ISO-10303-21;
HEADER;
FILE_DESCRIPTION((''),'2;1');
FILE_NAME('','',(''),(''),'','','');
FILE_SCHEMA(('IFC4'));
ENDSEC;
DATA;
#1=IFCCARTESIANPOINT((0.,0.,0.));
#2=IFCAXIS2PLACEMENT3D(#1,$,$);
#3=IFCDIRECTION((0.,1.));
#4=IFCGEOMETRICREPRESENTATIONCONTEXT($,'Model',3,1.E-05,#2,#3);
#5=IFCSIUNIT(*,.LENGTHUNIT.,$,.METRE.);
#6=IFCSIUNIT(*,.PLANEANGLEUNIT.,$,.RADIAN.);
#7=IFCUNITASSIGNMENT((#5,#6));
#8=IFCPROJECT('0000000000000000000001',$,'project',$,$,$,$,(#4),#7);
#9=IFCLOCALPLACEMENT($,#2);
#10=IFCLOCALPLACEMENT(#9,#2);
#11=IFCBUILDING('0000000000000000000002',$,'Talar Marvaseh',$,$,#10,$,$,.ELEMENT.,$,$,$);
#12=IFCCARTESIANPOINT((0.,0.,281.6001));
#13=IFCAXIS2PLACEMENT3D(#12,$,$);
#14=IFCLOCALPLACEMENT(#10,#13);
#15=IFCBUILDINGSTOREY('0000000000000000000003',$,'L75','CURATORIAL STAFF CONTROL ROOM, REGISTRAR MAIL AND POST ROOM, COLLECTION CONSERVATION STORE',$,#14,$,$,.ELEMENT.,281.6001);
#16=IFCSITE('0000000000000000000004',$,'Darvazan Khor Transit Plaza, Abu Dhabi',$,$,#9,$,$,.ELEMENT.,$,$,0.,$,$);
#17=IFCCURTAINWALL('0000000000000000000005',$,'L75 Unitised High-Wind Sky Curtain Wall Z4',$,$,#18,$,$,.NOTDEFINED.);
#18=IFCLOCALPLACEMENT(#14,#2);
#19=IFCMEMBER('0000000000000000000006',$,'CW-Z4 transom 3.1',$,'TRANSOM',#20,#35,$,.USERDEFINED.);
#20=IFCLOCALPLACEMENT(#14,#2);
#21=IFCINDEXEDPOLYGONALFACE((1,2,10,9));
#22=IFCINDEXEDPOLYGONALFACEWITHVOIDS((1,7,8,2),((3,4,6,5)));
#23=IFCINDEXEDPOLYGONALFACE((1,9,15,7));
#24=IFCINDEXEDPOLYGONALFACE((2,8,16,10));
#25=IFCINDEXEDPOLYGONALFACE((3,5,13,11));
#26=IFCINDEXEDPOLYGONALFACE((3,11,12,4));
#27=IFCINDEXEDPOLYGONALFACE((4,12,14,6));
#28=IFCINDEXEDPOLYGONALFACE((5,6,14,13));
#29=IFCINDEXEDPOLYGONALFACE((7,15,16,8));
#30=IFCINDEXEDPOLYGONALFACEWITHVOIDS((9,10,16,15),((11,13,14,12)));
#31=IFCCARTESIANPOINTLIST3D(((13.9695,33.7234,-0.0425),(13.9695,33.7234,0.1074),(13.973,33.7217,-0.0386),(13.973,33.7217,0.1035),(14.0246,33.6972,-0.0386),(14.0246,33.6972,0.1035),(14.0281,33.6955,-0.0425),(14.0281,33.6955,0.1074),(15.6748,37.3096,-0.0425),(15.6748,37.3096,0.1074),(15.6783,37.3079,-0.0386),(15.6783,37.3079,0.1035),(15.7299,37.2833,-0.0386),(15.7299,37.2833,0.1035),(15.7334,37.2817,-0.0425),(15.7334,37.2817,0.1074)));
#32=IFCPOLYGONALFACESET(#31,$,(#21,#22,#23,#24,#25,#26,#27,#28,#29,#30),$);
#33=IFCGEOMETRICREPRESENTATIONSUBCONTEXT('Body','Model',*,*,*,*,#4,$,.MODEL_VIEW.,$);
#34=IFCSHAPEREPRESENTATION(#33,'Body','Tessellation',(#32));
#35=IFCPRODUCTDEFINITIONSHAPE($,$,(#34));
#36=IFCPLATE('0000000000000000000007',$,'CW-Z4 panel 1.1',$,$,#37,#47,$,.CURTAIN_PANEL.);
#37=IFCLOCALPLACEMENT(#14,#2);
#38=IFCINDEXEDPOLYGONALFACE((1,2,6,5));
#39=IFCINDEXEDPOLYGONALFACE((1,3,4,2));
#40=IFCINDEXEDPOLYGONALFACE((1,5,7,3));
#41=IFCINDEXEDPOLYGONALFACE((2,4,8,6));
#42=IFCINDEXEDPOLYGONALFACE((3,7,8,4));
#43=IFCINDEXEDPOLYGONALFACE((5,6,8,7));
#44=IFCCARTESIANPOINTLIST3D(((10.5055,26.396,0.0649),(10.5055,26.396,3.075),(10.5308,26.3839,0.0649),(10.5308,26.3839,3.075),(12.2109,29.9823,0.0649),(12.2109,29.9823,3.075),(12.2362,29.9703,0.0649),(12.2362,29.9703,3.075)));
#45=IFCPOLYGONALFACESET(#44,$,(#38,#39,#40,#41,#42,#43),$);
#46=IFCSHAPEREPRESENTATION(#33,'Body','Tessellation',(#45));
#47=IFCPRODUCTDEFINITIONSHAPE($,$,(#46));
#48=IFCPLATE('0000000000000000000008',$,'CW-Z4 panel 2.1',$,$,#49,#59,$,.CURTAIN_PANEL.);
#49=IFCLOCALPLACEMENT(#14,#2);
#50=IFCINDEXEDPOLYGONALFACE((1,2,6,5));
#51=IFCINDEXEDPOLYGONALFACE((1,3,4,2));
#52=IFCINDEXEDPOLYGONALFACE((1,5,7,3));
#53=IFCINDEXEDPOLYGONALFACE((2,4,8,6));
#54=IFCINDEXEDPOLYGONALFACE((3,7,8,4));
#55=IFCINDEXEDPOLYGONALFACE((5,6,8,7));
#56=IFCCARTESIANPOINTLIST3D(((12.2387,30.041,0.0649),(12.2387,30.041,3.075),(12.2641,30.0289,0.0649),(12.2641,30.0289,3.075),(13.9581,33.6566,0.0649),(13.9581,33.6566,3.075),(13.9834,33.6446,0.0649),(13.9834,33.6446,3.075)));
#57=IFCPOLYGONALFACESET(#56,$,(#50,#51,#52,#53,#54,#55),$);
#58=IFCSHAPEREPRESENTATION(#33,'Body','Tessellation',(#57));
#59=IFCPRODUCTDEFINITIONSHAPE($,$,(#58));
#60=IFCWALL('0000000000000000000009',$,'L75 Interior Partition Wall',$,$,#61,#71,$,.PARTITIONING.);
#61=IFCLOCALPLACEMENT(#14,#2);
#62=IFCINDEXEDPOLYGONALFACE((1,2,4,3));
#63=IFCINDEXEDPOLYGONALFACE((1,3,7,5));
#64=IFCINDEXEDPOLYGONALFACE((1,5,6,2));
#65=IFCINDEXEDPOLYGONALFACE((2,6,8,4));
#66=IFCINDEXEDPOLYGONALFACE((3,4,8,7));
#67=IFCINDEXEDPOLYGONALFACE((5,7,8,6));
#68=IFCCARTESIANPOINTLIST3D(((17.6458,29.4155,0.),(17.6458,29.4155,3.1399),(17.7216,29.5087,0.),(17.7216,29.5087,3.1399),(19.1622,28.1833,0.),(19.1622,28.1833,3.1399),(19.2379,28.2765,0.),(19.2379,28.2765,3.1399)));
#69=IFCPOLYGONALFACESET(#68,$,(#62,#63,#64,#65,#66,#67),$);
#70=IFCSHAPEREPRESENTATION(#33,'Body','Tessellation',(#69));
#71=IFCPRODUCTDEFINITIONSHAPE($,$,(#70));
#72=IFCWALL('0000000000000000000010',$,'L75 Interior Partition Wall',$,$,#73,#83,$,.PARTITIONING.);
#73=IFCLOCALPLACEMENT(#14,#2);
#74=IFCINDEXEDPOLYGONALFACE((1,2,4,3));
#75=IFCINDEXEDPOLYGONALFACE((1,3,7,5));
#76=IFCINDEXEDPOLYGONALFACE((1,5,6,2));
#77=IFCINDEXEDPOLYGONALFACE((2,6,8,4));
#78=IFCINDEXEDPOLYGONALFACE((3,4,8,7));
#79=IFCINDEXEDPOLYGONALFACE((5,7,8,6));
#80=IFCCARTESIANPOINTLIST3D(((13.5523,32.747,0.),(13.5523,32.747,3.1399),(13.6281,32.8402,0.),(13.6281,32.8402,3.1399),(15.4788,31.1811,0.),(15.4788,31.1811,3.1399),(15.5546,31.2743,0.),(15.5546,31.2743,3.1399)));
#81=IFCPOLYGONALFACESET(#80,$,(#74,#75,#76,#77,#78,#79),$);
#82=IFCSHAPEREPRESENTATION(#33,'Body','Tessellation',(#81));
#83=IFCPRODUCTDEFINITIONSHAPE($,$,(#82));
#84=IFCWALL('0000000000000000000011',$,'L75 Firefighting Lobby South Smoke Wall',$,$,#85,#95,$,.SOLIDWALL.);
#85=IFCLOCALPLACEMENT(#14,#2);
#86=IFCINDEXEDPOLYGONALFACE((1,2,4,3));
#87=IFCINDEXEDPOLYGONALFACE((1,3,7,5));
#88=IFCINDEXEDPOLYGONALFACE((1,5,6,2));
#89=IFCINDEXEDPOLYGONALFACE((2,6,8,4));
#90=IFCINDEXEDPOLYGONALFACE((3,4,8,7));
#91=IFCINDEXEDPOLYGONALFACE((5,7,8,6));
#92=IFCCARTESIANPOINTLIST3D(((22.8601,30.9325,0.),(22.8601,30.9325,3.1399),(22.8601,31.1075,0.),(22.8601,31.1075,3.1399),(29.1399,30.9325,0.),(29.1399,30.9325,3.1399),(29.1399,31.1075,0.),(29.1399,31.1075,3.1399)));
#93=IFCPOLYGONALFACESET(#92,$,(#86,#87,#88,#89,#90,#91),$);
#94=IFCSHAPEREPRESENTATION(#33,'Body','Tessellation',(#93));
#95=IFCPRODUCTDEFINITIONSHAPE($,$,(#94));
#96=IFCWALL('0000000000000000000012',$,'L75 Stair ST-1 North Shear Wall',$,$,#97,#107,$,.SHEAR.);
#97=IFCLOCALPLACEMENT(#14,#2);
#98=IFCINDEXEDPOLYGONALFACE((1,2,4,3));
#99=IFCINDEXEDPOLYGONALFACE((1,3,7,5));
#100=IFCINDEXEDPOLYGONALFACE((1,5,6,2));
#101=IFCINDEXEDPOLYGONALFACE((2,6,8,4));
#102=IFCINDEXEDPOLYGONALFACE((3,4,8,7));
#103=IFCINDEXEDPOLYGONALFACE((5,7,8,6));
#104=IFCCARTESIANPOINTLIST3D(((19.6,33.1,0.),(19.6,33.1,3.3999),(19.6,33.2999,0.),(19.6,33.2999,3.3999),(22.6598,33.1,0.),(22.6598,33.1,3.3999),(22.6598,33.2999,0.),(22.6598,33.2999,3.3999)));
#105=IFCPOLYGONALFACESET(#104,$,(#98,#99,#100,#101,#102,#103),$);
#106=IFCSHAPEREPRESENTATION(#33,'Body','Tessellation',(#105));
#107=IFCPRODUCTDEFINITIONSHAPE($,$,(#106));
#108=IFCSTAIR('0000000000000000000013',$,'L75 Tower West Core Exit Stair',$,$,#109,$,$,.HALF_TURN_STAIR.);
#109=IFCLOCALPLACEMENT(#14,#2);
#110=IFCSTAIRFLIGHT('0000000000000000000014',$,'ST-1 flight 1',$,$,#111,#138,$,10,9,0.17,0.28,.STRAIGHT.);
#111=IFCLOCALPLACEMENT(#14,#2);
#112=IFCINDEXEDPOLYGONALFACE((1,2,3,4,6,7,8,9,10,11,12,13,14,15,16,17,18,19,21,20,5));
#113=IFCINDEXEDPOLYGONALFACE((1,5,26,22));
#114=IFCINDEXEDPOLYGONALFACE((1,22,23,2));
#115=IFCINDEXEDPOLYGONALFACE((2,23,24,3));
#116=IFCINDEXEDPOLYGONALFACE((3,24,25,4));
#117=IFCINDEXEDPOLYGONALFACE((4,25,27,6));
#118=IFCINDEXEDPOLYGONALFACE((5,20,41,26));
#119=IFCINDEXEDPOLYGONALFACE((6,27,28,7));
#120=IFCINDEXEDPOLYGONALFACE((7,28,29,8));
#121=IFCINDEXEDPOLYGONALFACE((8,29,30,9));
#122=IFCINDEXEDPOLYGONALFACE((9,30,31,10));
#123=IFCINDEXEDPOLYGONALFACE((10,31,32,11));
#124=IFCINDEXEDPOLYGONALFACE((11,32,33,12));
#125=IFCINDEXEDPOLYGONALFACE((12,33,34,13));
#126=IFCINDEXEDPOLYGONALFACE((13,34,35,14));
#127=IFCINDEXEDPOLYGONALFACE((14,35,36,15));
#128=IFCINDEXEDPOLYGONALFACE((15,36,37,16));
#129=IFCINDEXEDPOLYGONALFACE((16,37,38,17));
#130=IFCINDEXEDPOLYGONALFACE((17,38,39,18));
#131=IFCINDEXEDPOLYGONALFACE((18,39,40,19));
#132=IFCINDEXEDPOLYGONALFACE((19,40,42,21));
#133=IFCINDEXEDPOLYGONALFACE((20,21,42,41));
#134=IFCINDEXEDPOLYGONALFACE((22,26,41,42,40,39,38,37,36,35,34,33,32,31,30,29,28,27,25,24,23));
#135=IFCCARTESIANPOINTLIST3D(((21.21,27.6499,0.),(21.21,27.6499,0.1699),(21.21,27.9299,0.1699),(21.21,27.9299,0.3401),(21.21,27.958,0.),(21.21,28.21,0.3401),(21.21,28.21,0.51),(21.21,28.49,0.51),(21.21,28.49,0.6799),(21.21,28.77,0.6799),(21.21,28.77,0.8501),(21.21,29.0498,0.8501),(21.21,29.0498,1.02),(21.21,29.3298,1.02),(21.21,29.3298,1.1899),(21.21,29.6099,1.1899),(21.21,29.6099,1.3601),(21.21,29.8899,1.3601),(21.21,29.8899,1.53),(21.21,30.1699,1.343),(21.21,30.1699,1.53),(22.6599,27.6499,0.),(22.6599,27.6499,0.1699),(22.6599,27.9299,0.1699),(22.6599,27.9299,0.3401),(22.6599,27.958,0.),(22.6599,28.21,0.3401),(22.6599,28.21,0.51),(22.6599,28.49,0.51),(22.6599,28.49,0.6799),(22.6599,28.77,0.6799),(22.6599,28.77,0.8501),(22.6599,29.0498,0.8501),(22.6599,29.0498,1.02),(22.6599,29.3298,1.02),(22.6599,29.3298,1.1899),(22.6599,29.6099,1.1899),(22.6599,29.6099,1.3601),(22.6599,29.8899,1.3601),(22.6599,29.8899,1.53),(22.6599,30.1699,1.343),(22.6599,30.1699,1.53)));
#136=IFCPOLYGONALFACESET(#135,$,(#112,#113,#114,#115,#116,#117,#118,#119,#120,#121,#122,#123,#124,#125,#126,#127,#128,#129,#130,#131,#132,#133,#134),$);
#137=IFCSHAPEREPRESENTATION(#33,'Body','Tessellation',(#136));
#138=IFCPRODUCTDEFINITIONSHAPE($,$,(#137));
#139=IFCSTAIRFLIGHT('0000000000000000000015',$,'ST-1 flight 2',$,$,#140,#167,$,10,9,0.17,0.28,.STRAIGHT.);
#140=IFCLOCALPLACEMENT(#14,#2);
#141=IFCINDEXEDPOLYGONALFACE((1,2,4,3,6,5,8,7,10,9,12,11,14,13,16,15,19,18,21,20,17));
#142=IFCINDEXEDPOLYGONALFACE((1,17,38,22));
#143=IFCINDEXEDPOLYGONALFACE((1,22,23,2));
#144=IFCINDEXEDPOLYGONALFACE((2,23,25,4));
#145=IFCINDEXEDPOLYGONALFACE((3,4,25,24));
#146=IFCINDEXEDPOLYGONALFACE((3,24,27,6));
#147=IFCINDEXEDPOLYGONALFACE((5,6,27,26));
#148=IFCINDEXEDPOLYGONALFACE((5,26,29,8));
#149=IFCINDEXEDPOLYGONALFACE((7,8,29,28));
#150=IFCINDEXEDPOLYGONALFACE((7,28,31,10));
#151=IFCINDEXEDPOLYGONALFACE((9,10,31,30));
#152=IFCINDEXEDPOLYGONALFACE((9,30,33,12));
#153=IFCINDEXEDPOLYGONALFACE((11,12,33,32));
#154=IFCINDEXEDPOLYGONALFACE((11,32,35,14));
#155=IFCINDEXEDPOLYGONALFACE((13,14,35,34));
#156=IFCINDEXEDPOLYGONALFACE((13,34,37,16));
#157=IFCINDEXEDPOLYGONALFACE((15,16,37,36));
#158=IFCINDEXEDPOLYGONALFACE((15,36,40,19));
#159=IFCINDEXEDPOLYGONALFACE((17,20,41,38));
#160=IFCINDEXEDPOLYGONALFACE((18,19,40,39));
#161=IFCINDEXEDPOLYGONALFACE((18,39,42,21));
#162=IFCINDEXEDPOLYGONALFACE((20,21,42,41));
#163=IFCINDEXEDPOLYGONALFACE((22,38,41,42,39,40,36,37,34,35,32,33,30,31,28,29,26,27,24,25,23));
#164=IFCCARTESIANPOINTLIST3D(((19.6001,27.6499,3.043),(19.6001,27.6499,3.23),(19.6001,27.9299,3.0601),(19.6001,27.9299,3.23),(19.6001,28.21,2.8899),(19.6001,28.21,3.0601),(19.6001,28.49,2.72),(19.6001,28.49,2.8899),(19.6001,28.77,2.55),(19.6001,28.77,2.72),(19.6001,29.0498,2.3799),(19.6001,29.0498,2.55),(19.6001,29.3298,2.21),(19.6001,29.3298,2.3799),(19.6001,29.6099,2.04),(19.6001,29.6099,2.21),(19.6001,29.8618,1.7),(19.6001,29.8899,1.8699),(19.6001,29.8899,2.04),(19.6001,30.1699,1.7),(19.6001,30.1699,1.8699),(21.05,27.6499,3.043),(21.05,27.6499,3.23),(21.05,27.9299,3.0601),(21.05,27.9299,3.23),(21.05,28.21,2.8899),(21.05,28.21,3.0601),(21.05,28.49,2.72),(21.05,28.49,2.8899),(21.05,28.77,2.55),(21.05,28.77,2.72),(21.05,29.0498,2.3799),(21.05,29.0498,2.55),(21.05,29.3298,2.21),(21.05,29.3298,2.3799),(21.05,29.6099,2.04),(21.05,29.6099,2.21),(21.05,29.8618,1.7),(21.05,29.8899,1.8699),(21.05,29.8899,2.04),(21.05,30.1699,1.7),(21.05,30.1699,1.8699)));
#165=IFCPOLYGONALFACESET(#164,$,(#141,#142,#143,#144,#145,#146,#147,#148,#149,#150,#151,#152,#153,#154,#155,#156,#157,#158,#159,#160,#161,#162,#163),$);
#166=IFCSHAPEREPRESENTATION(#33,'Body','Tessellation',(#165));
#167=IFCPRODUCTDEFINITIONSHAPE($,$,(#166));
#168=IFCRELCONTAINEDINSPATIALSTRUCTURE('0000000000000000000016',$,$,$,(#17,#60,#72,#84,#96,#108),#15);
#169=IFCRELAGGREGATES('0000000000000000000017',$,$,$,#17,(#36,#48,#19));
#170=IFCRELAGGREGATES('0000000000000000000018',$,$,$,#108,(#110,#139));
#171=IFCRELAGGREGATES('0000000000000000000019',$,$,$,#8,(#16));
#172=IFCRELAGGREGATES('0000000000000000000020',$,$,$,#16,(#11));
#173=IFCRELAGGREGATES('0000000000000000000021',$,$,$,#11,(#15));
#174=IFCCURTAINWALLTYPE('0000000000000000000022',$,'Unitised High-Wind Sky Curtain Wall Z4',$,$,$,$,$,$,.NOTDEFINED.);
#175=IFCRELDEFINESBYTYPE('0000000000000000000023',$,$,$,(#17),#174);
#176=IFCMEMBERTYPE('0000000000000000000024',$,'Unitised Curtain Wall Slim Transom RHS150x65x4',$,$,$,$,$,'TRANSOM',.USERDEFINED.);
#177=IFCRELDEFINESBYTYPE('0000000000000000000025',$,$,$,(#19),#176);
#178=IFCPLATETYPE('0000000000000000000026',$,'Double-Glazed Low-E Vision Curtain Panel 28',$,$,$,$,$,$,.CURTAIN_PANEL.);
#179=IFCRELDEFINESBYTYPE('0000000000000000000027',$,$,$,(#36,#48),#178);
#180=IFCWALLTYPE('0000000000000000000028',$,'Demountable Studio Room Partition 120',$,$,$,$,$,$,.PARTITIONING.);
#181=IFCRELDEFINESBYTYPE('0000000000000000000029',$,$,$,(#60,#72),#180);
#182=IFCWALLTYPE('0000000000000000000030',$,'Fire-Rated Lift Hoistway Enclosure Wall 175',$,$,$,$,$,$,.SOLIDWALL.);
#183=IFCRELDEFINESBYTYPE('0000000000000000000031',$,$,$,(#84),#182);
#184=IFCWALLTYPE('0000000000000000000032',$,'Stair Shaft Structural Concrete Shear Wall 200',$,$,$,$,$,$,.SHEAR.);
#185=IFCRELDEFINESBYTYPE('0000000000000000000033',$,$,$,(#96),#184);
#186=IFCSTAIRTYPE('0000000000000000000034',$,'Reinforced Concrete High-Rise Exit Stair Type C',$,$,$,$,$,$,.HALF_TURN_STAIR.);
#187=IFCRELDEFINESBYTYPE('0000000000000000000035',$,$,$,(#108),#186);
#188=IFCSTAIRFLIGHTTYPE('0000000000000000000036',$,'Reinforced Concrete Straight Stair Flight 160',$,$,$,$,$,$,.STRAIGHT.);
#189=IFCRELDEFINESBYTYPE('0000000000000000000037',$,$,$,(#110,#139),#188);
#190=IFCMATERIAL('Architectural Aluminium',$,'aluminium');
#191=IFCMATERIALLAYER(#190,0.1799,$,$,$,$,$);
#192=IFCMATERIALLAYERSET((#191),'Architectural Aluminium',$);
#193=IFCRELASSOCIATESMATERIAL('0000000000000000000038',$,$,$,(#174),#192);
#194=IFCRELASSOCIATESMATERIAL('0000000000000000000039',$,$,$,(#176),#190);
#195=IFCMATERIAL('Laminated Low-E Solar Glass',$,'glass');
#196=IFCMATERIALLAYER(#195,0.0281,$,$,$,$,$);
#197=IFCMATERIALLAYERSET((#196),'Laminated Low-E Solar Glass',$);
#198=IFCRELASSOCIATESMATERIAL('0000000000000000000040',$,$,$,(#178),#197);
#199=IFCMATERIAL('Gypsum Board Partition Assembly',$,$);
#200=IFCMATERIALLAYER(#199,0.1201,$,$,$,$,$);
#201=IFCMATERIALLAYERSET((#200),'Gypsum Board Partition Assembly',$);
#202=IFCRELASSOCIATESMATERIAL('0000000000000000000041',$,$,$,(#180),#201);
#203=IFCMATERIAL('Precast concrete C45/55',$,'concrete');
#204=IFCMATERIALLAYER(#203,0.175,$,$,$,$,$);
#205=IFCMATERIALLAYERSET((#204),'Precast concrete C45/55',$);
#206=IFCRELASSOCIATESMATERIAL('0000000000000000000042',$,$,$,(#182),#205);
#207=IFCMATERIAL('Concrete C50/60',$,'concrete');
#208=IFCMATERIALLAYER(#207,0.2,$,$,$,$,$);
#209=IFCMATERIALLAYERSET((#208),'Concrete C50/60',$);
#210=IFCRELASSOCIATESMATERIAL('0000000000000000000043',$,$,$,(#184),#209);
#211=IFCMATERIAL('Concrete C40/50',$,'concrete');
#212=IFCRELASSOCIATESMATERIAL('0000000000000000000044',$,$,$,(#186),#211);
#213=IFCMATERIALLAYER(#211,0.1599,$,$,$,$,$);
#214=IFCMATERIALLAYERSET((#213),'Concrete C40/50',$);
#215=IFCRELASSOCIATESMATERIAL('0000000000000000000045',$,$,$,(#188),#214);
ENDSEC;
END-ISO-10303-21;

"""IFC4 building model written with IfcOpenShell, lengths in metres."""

from ifc_helpers import new_model, si_unit, direction, frame, frame_2d, origin, origin_2d, place, context, subcontext, project, spatial, polyline, rectangle, hollow_rectangle, outline, extrude, source, transform, mapped, material, layer, layer_set, material_profile, profile_set, type_object, type_shapes, element, aggregate, save


model = new_model("IFC4")

# Units and contexts
model_context = context("Model", 3, precision=1e-05, world=origin(), true_north=direction((0.0, 1.0)))
body_context = subcontext(model_context, "Body", "Model", "MODEL_VIEW")
ifc_project = project(units=[si_unit("LENGTHUNIT", "METRE"), si_unit("PLANEANGLEUNIT", "RADIAN")], contexts=[model_context])

# Site, building, storey
site_placement = place(None, origin())
site = spatial("IfcSite", under=ifc_project, at=site_placement, Name="Darvazan Khor Transit Plaza, Abu Dhabi", CompositionType="ELEMENT", RefElevation=0.0)
building_placement = place(site_placement, origin())
building = spatial("IfcBuilding", under=site, at=building_placement, Name="Talar Marvaseh", CompositionType="ELEMENT")
storey_placement = place(building_placement, frame((0.0, 0.0, 281.6001)))
storey = spatial("IfcBuildingStorey", under=building, at=storey_placement, Name="L75", Description="CURATORIAL STAFF CONTROL ROOM, REGISTRAR MAIL AND POST ROOM, COLLECTION CONSERVATION STORE", CompositionType="ELEMENT", Elevation=281.6001)

# Shared definitions
ifc_material_1 = material(Name="Concrete C50/60", Category="concrete")

# Shared definitions
ifc_material_2 = material(Name="Concrete C40/50", Category="concrete")

# Curtain wall, member, plates
ifc_material_3 = material(Name="Architectural Aluminium", Category="aluminium")
ifc_layer_1 = layer(ifc_material_3, 0.1799)
ifc_layer_set_1 = layer_set([ifc_layer_1], Name="Architectural Aluminium")
curtain_wall_type = type_object("IfcCurtainWallType", Name="Unitised High-Wind Sky Curtain Wall Z4", PredefinedType="NOTDEFINED", material=ifc_layer_set_1)
curtain_wall_placement = place(storey_placement, origin())
curtain_wall = element("IfcCurtainWall", 1, at=curtain_wall_placement, inside=storey, type_object=curtain_wall_type, Name="L75 Unitised High-Wind Sky Curtain Wall Z4", PredefinedType="NOTDEFINED")
ifc_material_profile_1 = material_profile(ifc_material_3, hollow_rectangle(XDim=0.0649, YDim=0.1499, WallThickness=0.0039, at=origin_2d()), Name="RHS150x65x4")
ifc_profile_set_1 = profile_set([ifc_material_profile_1], Name="Architectural Aluminium")
member_type_1 = type_object("IfcMemberType", Name="Unitised Curtain Wall Slim Transom RHS150x65x4", ElementType="TRANSOM", PredefinedType="USERDEFINED", material=ifc_profile_set_1)
shared_shape_1 = source(origin(), body_context, "Body", "SweptSolid", [
    extrude(hollow_rectangle(XDim=0.0649, YDim=0.1499, WallThickness=0.0039, at=origin_2d()), origin(), (0.0, 0.0, 1.0), 3.9709),
])
member_1_placement = place(storey_placement, frame((13.9988, 33.7095, 0.0325), z_axis=(0.429444, 0.903093, 0.0), x_axis=(-0.903093, 0.429444, 0.0)))
member_1 = element("IfcMember", 2, at=member_1_placement, type_object=member_type_1, Name="CW-Z4 transom 3.1", ObjectType="TRANSOM", PredefinedType="USERDEFINED", context=body_context, shape_type="MappedRepresentation", body=[
    mapped(shared_shape_1, transform((0.0, 0.0, 0.0), x_axis=(1.0, 0.0, 0.0), y_axis=(0.0, 1.0, 0.0), z_axis=(0.0, 0.0, 1.0), scale=1.0)),
])
ifc_material_4 = material(Name="Laminated Low-E Solar Glass", Category="glass")
ifc_layer_2 = layer(ifc_material_4, 0.0281)
ifc_layer_set_2 = layer_set([ifc_layer_2], Name="Laminated Low-E Solar Glass")
plate_type = type_object("IfcPlateType", Name="Double-Glazed Low-E Vision Curtain Panel 28", PredefinedType="CURTAIN_PANEL", material=ifc_layer_set_2)
shared_shape_2 = source(origin(), body_context, "Body", "SweptSolid", [
    extrude(rectangle(XDim=3.9712, YDim=0.0281, at=origin_2d()), origin(), (0.0, 0.0, 1.0), 3.01),
])
plate_1_placement = place(storey_placement, frame((11.3708, 28.1831, 0.0649), z_axis=(0.0, 0.0, 1.0), x_axis=(0.42944, 0.903096, 0.0)))
plate_1 = element("IfcPlate", 3, at=plate_1_placement, type_object=plate_type, Name="CW-Z4 panel 1.1", PredefinedType="CURTAIN_PANEL", context=body_context, shape_type="MappedRepresentation", body=[
    mapped(shared_shape_2, transform((0.0, 0.0, 0.0), x_axis=(1.0, 0.0, 0.0), y_axis=(0.0, 1.0, 0.0), z_axis=(0.0, 0.0, 1.0), scale=1.0)),
])
shared_shape_3 = source(origin(), body_context, "Body", "SweptSolid", [
    extrude(rectangle(XDim=4.0037, YDim=0.0281, at=origin_2d()), origin(), (0.0, 0.0, 1.0), 3.01),
])
type_shapes(plate_type, [shared_shape_2, shared_shape_3])
plate_2_placement = place(storey_placement, frame((13.1111, 31.8428, 0.0649), z_axis=(0.0, 0.0, 1.0), x_axis=(0.42944, 0.903096, 0.0)))
plate_2 = element("IfcPlate", 4, at=plate_2_placement, type_object=plate_type, Name="CW-Z4 panel 2.1", PredefinedType="CURTAIN_PANEL", context=body_context, shape_type="MappedRepresentation", body=[
    mapped(shared_shape_3, transform((0.0, 0.0, 0.0), x_axis=(1.0, 0.0, 0.0), y_axis=(0.0, 1.0, 0.0), z_axis=(0.0, 0.0, 1.0), scale=1.0)),
])
aggregate(curtain_wall, [plate_1, plate_2, member_1])

# Walls
ifc_material_5 = material(Name="Gypsum Board Partition Assembly")
ifc_layer_3 = layer(ifc_material_5, 0.1201)
ifc_layer_set_3 = layer_set([ifc_layer_3], Name="Gypsum Board Partition Assembly")
wall_type_1 = type_object("IfcWallType", Name="Demountable Studio Room Partition 120", PredefinedType="PARTITIONING", material=ifc_layer_set_3)
wall_1_placement = place(storey_placement, frame((17.6836, 29.4622, 0.0), z_axis=(0.0, 0.0, 1.0), x_axis=(0.77608, -0.630635, 0.0)))
element("IfcWall", 5, at=wall_1_placement, inside=storey, type_object=wall_type_1, Name="L75 Interior Partition Wall", PredefinedType="PARTITIONING", context=body_context, shape_type="SweptSolid", body=[
    extrude(rectangle(XDim=1.9539, YDim=0.1201, at=frame_2d((0.9771, 0.0))), origin(), (0.0, 0.0, 1.0), 3.1399),
])
wall_2_placement = place(storey_placement, frame((15.5166, 31.2278, 0.0), z_axis=(0.0, 0.0, 1.0), x_axis=(-0.775991, 0.630744, 0.0)))
element("IfcWall", 6, at=wall_2_placement, inside=storey, type_object=wall_type_1, Name="L75 Interior Partition Wall", PredefinedType="PARTITIONING", context=body_context, shape_type="SweptSolid", body=[
    extrude(rectangle(XDim=2.4827, YDim=0.1201, at=frame_2d((1.2412, 0.0))), origin(), (0.0, 0.0, 1.0), 3.1399),
])
ifc_material_6 = material(Name="Precast concrete C45/55", Category="concrete")
ifc_layer_4 = layer(ifc_material_6, 0.175)
ifc_layer_set_4 = layer_set([ifc_layer_4], Name="Precast concrete C45/55")
wall_type_2 = type_object("IfcWallType", Name="Fire-Rated Lift Hoistway Enclosure Wall 175", PredefinedType="SOLIDWALL", material=ifc_layer_set_4)
wall_3_placement = place(storey_placement, frame((22.8601, 31.02, 0.0), z_axis=(0.0, 0.0, 1.0), x_axis=(1.0, 0.0, 0.0)))
element("IfcWall", 7, at=wall_3_placement, inside=storey, type_object=wall_type_2, Name="L75 Firefighting Lobby South Smoke Wall", PredefinedType="SOLIDWALL", context=body_context, shape_type="SweptSolid", body=[
    extrude(rectangle(XDim=6.2798, YDim=0.175, at=frame_2d((3.1399, 0.0))), origin(), (0.0, 0.0, 1.0), 3.1399),
])
ifc_layer_5 = layer(ifc_material_1, 0.2)
ifc_layer_set_5 = layer_set([ifc_layer_5], Name="Concrete C50/60")
wall_type_3 = type_object("IfcWallType", Name="Stair Shaft Structural Concrete Shear Wall 200", PredefinedType="SHEAR", material=ifc_layer_set_5)
wall_4_placement = place(storey_placement, frame((19.6001, 33.2, 0.0), z_axis=(0.0, 0.0, 1.0), x_axis=(1.0, 0.0, 0.0)))
element("IfcWall", 8, at=wall_4_placement, inside=storey, type_object=wall_type_3, Name="L75 Stair ST-1 North Shear Wall", PredefinedType="SHEAR", context=body_context, shape_type="SweptSolid", body=[
    extrude(rectangle(XDim=3.0598, YDim=0.2, at=frame_2d((1.5298, 0.0))), origin(), (0.0, 0.0, 1.0), 3.3999),
])

# Stair, stair flights
stair_type = type_object("IfcStairType", Name="Reinforced Concrete High-Rise Exit Stair Type C", PredefinedType="HALF_TURN_STAIR", material=ifc_material_2)
stair_placement = place(storey_placement, origin())
stair = element("IfcStair", 9, at=stair_placement, inside=storey, type_object=stair_type, Name="L75 Tower West Core Exit Stair", PredefinedType="HALF_TURN_STAIR")
ifc_layer_6 = layer(ifc_material_2, 0.1599)
ifc_layer_set_6 = layer_set([ifc_layer_6], Name="Concrete C40/50")
stair_flight_type = type_object("IfcStairFlightType", Name="Reinforced Concrete Straight Stair Flight 160", PredefinedType="STRAIGHT", material=ifc_layer_set_6)
stair_flight_1_placement = place(storey_placement, frame((21.9351, 27.6499, 0.0), z_axis=(0.0, 0.0, 1.0), x_axis=(0.0, 1.0, 0.0)))
stair_flight_1 = element("IfcStairFlight", 10, at=stair_flight_1_placement, type_object=stair_flight_type, Name="ST-1 flight 1", NumberOfRisers=10, NumberOfTreads=9, PredefinedType="STRAIGHT", RiserHeight=0.17, TreadLength=0.28, context=body_context, shape_type="SweptSolid", body=[
    extrude(outline(polyline([(0.0, 0.0), (0.0, 0.1699), (0.28, 0.1699), (0.28, 0.3401), (0.5601, 0.3401), (0.5601, 0.51), (0.8401, 0.51), (0.8401, 0.6799), (1.1201, 0.6799), (1.1201, 0.8501), (1.3999, 0.8501), (1.3999, 1.02), (1.6799, 1.02), (1.6799, 1.1899), (1.96, 1.1899), (1.96, 1.3601), (2.24, 1.3601), (2.24, 1.53), (2.52, 1.53), (2.52, 1.7), (2.52, 1.343), (0.3081, 0.0), (0.0, 0.0)])), frame((0.0, 0.7251, 0.0), z_axis=(0.0, -1.0, 0.0), x_axis=(1.0, 0.0, 0.0)), (0.0, 0.0, 1.0), 1.45),
])
stair_flight_2_placement = place(storey_placement, frame((20.325, 30.1699, 1.7), z_axis=(0.0, 0.0, 1.0), x_axis=(0.0, -1.0, 0.0)))
stair_flight_2 = element("IfcStairFlight", 11, at=stair_flight_2_placement, type_object=stair_flight_type, Name="ST-1 flight 2", NumberOfRisers=10, NumberOfTreads=9, PredefinedType="STRAIGHT", RiserHeight=0.17, TreadLength=0.28, context=body_context, shape_type="SweptSolid", body=[
    extrude(outline(polyline([(0.0, 0.0), (0.0, 0.1699), (0.28, 0.1699), (0.28, 0.3401), (0.5601, 0.3401), (0.5601, 0.51), (0.8401, 0.51), (0.8401, 0.6799), (1.1201, 0.6799), (1.1201, 0.8501), (1.3999, 0.8501), (1.3999, 1.02), (1.6799, 1.02), (1.6799, 1.1899), (1.96, 1.1899), (1.96, 1.3601), (2.24, 1.3601), (2.24, 1.53), (2.52, 1.53), (2.52, 1.7), (2.52, 1.343), (0.3081, 0.0), (0.0, 0.0)])), frame((0.0, 0.7251, 0.0), z_axis=(0.0, -1.0, 0.0), x_axis=(1.0, 0.0, 0.0)), (0.0, 0.0, 1.0), 1.45),
])
aggregate(stair, [stair_flight_1, stair_flight_2])

save(model, "model.ifc")
